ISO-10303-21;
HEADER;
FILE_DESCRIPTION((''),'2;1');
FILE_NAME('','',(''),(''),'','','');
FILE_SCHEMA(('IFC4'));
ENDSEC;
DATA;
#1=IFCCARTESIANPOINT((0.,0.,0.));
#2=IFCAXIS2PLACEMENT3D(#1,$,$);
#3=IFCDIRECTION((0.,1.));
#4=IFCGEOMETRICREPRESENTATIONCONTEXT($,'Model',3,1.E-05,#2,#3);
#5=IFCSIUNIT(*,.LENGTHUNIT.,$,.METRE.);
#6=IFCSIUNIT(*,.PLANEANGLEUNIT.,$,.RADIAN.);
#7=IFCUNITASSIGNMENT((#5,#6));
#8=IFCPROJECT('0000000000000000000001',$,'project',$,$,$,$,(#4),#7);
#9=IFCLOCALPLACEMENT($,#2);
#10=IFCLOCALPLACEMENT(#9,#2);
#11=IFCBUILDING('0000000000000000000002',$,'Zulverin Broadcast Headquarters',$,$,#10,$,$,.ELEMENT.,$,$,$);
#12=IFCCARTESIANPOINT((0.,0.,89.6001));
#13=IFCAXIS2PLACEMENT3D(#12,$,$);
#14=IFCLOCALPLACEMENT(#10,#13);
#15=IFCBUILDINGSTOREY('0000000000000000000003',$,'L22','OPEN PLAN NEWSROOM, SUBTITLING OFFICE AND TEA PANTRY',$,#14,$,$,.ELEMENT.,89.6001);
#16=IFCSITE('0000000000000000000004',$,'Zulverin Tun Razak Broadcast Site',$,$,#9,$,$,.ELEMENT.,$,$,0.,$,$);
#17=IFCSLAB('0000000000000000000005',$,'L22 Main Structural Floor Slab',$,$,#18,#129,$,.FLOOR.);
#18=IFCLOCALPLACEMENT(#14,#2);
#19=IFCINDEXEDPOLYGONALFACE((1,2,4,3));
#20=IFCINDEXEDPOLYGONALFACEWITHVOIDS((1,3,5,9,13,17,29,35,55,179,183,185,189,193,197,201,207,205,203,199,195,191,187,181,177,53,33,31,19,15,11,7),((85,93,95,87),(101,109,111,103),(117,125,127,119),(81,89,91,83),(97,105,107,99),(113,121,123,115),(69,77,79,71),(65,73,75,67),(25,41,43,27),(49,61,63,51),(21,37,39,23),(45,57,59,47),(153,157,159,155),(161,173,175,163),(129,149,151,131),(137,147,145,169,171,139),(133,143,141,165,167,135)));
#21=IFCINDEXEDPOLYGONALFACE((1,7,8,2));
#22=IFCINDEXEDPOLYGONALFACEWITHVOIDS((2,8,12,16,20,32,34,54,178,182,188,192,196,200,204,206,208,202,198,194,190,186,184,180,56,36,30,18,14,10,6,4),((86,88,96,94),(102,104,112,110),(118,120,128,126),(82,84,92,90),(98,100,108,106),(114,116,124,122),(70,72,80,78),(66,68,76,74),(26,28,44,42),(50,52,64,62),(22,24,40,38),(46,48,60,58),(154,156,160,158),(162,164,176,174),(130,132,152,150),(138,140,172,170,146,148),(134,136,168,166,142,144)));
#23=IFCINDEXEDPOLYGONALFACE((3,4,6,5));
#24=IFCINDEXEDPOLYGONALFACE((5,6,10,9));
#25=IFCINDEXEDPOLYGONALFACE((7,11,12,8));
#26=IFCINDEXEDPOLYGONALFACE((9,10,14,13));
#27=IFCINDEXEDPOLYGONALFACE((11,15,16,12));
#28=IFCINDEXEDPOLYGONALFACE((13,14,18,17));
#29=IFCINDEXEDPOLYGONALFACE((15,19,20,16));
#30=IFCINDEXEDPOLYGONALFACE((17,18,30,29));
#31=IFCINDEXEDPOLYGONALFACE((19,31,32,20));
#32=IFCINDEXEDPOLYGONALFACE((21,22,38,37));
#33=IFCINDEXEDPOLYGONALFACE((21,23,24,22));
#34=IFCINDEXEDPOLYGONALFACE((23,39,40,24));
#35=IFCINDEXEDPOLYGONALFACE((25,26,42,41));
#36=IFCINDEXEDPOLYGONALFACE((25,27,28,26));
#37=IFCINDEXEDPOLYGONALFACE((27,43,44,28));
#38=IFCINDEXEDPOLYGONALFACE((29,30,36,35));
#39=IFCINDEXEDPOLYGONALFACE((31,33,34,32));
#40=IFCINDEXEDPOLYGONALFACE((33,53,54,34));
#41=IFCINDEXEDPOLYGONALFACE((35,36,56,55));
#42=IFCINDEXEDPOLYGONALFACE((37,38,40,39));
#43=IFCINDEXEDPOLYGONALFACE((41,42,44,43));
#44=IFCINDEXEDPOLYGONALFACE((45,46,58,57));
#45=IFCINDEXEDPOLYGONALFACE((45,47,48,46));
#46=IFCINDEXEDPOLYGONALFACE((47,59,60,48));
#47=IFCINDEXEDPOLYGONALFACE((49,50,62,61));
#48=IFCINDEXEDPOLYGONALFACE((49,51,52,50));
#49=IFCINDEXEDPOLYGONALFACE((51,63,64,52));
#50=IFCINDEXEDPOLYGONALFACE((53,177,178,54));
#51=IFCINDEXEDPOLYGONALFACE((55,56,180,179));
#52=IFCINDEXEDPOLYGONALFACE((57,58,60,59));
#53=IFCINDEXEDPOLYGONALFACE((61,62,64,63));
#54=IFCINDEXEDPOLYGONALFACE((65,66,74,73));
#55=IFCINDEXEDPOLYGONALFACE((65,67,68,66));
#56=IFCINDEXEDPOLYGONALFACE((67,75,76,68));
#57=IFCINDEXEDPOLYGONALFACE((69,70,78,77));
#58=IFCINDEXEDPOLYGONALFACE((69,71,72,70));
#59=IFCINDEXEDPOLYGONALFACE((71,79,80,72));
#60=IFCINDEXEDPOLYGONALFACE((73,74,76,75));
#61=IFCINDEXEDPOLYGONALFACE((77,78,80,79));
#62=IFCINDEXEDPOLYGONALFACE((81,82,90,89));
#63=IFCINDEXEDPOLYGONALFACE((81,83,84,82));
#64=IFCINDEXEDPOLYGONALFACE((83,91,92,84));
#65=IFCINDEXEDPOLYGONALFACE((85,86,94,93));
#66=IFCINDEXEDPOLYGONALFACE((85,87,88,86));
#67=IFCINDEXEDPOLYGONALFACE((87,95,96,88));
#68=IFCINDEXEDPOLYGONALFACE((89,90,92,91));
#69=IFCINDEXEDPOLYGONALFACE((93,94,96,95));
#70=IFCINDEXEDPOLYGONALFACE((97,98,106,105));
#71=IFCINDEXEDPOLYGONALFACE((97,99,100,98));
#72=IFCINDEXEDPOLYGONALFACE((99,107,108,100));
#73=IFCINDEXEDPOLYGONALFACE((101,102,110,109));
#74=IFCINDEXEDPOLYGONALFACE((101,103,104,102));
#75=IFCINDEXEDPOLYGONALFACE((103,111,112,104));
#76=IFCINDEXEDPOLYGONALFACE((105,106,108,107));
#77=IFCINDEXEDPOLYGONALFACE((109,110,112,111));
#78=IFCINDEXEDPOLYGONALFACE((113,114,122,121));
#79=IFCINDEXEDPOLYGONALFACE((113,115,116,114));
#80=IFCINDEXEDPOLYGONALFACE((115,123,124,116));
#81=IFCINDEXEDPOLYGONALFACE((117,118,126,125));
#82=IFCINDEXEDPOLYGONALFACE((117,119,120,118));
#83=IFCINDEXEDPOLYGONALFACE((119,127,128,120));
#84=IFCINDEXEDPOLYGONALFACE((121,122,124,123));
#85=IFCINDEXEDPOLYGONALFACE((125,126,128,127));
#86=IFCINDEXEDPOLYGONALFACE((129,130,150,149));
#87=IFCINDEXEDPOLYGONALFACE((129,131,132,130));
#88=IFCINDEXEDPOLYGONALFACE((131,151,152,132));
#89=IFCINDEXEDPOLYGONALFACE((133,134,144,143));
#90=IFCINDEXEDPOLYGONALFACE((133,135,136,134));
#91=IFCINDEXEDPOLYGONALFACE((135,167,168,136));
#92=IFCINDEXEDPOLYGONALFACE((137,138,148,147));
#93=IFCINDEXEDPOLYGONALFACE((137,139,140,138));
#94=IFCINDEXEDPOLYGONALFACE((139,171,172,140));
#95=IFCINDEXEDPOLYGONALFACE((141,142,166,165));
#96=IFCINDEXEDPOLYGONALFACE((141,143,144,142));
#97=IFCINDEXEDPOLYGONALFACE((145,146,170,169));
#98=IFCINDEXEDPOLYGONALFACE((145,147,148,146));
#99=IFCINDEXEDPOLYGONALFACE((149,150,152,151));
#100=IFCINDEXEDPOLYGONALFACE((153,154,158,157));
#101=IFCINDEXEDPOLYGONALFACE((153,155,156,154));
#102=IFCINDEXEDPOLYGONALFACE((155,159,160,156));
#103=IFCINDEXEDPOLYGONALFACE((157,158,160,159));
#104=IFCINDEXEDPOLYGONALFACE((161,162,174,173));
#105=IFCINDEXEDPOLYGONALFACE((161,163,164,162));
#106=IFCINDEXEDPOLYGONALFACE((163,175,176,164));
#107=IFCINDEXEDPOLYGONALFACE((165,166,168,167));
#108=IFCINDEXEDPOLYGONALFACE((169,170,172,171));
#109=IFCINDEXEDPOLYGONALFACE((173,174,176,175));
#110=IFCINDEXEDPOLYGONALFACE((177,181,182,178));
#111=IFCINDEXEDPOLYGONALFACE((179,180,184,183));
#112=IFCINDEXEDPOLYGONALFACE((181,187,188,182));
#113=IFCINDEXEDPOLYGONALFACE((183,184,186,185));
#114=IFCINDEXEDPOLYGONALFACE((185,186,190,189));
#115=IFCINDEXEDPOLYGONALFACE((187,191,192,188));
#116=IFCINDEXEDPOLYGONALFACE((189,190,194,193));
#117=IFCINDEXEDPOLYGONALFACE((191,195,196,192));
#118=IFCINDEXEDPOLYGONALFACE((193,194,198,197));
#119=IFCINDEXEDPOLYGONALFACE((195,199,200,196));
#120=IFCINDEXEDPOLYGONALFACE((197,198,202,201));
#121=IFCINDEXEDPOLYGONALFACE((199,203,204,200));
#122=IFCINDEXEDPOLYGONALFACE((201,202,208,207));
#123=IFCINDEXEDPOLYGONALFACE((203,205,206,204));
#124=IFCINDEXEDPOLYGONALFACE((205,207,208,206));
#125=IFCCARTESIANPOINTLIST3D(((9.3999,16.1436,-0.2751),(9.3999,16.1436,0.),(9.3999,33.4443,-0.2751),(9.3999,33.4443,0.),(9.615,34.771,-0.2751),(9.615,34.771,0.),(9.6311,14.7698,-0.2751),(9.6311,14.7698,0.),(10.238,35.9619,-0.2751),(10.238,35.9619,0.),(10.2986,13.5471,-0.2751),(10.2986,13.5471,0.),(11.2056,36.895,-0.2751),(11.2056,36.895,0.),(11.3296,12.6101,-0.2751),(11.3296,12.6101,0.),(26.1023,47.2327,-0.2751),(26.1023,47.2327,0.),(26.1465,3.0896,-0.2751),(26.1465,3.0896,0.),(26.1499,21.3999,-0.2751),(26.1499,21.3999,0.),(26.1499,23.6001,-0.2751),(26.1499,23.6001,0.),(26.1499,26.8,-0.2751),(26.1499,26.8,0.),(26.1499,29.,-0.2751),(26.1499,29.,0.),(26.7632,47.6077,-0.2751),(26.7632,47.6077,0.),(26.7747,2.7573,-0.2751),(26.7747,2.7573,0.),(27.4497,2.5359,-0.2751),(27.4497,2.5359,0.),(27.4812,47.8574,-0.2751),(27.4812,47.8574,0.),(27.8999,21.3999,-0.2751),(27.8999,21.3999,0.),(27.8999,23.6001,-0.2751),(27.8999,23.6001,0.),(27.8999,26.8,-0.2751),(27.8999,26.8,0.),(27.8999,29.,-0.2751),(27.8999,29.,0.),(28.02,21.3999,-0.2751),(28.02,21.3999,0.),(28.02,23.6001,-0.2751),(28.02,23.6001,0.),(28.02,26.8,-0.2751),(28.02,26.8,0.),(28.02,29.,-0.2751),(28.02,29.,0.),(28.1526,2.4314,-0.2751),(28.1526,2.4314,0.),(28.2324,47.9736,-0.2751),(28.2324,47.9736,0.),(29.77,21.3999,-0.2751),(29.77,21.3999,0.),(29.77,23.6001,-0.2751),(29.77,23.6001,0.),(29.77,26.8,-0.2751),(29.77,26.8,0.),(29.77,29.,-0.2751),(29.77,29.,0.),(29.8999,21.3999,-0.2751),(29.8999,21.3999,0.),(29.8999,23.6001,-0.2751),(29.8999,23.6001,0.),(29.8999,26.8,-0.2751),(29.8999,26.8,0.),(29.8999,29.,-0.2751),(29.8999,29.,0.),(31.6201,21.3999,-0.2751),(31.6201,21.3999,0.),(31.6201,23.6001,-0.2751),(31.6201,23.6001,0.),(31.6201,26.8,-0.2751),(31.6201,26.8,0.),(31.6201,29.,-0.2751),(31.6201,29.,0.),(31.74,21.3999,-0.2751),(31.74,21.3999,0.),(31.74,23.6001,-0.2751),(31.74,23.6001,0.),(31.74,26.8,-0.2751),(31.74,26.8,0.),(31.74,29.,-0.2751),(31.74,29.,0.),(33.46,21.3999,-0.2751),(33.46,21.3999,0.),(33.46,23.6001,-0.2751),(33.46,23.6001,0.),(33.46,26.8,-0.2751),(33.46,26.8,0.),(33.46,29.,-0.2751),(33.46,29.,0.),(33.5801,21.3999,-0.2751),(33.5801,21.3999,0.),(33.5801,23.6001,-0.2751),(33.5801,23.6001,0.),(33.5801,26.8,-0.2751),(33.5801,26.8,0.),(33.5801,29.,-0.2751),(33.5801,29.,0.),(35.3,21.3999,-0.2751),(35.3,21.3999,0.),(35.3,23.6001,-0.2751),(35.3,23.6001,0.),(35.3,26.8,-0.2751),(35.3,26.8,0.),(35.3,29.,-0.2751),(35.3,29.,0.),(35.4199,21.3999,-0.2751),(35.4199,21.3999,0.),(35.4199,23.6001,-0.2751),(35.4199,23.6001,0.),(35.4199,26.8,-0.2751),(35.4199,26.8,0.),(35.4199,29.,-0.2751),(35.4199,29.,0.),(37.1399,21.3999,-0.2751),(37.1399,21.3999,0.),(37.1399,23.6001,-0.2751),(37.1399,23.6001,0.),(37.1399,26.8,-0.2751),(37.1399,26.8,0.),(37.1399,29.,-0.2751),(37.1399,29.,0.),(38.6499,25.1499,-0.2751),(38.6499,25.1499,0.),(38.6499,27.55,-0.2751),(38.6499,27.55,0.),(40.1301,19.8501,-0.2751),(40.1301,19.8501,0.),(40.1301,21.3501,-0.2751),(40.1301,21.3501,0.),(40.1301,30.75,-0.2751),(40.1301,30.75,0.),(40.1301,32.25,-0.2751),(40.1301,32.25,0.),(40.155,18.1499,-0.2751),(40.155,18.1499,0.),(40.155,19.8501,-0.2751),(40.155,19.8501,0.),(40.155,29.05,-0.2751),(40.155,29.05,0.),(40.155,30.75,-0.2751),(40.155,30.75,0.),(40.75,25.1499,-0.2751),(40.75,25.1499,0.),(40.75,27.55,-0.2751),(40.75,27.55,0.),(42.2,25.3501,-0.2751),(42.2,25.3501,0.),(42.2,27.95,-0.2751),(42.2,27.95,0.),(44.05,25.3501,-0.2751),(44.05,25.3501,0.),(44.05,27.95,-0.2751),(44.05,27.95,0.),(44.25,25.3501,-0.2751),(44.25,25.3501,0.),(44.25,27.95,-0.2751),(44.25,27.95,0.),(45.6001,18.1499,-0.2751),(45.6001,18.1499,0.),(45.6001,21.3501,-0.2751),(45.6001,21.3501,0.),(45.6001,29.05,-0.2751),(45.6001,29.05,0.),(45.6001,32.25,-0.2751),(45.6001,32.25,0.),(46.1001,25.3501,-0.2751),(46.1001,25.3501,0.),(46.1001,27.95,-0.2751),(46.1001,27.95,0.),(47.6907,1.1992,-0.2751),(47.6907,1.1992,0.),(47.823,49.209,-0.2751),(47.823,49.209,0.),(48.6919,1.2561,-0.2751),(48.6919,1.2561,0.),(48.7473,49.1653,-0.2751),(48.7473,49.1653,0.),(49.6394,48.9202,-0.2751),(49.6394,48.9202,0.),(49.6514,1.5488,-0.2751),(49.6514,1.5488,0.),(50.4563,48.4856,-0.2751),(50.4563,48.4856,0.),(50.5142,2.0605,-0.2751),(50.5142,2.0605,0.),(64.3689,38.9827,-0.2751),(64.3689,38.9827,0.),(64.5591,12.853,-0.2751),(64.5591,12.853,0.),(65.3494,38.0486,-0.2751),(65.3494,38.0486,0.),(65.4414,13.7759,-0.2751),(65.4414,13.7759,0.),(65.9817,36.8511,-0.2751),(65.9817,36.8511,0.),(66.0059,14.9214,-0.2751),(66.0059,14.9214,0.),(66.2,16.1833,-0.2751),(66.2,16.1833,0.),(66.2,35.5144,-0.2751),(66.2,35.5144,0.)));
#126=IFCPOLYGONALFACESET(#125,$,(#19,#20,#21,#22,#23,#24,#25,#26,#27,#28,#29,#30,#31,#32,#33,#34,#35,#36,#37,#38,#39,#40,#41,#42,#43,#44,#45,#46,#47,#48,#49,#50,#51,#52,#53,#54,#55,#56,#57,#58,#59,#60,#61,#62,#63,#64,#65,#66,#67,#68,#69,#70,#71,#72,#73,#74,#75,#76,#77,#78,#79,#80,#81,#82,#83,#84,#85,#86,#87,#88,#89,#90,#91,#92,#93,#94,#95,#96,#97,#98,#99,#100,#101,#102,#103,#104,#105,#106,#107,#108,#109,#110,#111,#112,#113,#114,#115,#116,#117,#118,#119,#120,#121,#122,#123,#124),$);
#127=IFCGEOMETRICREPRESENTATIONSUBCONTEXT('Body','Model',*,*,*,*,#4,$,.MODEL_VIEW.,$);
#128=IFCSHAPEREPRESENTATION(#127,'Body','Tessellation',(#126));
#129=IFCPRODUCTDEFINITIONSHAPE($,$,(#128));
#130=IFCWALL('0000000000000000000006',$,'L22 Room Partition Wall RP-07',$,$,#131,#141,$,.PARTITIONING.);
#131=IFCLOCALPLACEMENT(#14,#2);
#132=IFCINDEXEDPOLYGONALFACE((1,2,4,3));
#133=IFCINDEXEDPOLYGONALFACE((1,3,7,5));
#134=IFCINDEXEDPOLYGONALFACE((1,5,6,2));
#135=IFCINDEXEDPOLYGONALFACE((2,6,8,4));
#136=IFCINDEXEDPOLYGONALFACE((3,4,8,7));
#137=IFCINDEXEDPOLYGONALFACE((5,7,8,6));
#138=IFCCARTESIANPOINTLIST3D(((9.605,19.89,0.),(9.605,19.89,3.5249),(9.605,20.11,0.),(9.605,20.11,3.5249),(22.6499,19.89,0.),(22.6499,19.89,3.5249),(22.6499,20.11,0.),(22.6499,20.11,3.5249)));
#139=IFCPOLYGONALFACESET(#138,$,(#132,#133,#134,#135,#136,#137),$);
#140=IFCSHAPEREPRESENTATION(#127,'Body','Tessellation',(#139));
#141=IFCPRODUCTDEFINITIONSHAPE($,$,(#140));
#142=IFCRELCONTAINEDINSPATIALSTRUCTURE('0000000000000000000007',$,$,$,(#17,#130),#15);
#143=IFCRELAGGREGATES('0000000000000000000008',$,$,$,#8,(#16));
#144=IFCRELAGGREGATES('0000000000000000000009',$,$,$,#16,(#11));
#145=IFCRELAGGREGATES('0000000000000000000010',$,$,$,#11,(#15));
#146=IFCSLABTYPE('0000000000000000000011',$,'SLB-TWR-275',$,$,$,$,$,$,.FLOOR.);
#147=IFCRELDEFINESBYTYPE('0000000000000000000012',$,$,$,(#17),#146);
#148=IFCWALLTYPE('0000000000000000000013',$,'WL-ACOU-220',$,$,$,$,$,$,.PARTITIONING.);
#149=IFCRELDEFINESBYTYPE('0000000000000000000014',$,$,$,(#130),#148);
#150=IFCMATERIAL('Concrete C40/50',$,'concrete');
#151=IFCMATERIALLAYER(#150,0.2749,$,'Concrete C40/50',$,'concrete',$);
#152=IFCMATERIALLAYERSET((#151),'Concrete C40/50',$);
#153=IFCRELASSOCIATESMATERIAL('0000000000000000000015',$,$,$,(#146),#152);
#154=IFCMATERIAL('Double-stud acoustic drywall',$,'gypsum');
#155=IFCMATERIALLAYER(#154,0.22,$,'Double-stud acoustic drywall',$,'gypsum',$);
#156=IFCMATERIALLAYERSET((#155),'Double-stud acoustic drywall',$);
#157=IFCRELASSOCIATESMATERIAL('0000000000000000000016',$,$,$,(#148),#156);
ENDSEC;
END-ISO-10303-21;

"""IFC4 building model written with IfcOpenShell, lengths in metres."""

from ifc_helpers import new_model, si_unit, direction, frame, frame_2d, origin, place, context, subcontext, project, spatial, polyline, rectangle, outline, extrude, material, layer, layer_set, type_object, element, save


model = new_model("IFC4")

# Units and contexts
model_context = context("Model", 3, precision=1e-05, world=origin(), true_north=direction((0.0, 1.0)))
body_context = subcontext(model_context, "Body", "Model", "MODEL_VIEW")
ifc_project = project(units=[si_unit("LENGTHUNIT", "METRE"), si_unit("PLANEANGLEUNIT", "RADIAN")], contexts=[model_context])

# Site, building, storey
site_placement = place(None, origin())
site = spatial("IfcSite", under=ifc_project, at=site_placement, Name="Zulverin Tun Razak Broadcast Site", CompositionType="ELEMENT", RefElevation=0.0)
building_placement = place(site_placement, origin())
building = spatial("IfcBuilding", under=site, at=building_placement, Name="Zulverin Broadcast Headquarters", CompositionType="ELEMENT")
storey_placement = place(building_placement, frame((0.0, 0.0, 89.6001)))
storey = spatial("IfcBuildingStorey", under=building, at=storey_placement, Name="L22", Description="OPEN PLAN NEWSROOM, SUBTITLING OFFICE AND TEA PANTRY", CompositionType="ELEMENT", Elevation=89.6001)

# Shared definitions
ifc_material_1 = material(Name="Concrete C40/50", Category="concrete")

# Slab
ifc_layer_1 = layer(ifc_material_1, 0.2749, Name="Concrete C40/50", Category="concrete")
ifc_layer_set_1 = layer_set([ifc_layer_1], Name="Concrete C40/50")
slab_type_1 = type_object("IfcSlabType", Name="SLB-TWR-275", PredefinedType="FLOOR", material=ifc_layer_set_1)
slab_1_placement = place(storey_placement, frame((0.0, 0.0, -0.2751)))
element("IfcSlab", 1, at=slab_1_placement, inside=storey, type_object=slab_type_1, Name="L22 Main Structural Floor Slab", PredefinedType="FLOOR", context=body_context, shape_type="SweptSolid", body=[
    extrude(outline(polyline([(26.1465, 3.0896), (26.7747, 2.7573), (27.4497, 2.5359), (28.1526, 2.4314), (47.6907, 1.1992), (48.6919, 1.2561), (49.6514, 1.5488), (50.5142, 2.0605), (64.5591, 12.853), (65.4414, 13.7759), (66.0059, 14.9214), (66.2, 16.1833), (66.2, 35.5144), (65.9817, 36.8511), (65.3494, 38.0486), (64.3689, 38.9827), (50.4563, 48.4856), (49.6394, 48.9202), (48.7473, 49.1653), (47.823, 49.209), (28.2324, 47.9736), (27.4812, 47.8574), (26.7632, 47.6077), (26.1023, 47.2327), (11.2056, 36.895), (10.238, 35.9619), (9.615, 34.771), (9.3999, 33.4443), (9.3999, 16.1436), (9.6311, 14.7698), (10.2986, 13.5471), (11.3296, 12.6101), (26.1465, 3.0896)]), holes=[polyline([(40.155, 30.75), (40.1301, 30.75), (40.1301, 32.25), (45.6001, 32.25), (45.6001, 29.05), (40.155, 29.05), (40.155, 30.75)]), polyline([(40.155, 19.8501), (40.1301, 19.8501), (40.1301, 21.3501), (45.6001, 21.3501), (45.6001, 18.1499), (40.155, 18.1499), (40.155, 19.8501)]), polyline([(26.1499, 26.8), (27.8999, 26.8), (27.8999, 29.0), (26.1499, 29.0), (26.1499, 26.8)]), polyline([(28.02, 26.8), (29.77, 26.8), (29.77, 29.0), (28.02, 29.0), (28.02, 26.8)]), polyline([(26.1499, 21.3999), (27.8999, 21.3999), (27.8999, 23.6001), (26.1499, 23.6001), (26.1499, 21.3999)]), polyline([(28.02, 21.3999), (29.77, 21.3999), (29.77, 23.6001), (28.02, 23.6001), (28.02, 21.3999)]), polyline([(29.8999, 21.3999), (31.6201, 21.3999), (31.6201, 23.6001), (29.8999, 23.6001), (29.8999, 21.3999)]), polyline([(31.74, 21.3999), (33.46, 21.3999), (33.46, 23.6001), (31.74, 23.6001), (31.74, 21.3999)]), polyline([(33.5801, 21.3999), (35.3, 21.3999), (35.3, 23.6001), (33.5801, 23.6001), (33.5801, 21.3999)]), polyline([(35.4199, 21.3999), (37.1399, 21.3999), (37.1399, 23.6001), (35.4199, 23.6001), (35.4199, 21.3999)]), polyline([(29.8999, 26.8), (31.6201, 26.8), (31.6201, 29.0), (29.8999, 29.0), (29.8999, 26.8)]), polyline([(31.74, 26.8), (33.46, 26.8), (33.46, 29.0), (31.74, 29.0), (31.74, 26.8)]), polyline([(33.5801, 26.8), (35.3, 26.8), (35.3, 29.0), (33.5801, 29.0), (33.5801, 26.8)]), polyline([(35.4199, 26.8), (37.1399, 26.8), (37.1399, 29.0), (35.4199, 29.0), (35.4199, 26.8)]), polyline([(42.2, 25.3501), (44.05, 25.3501), (44.05, 27.95), (42.2, 27.95), (42.2, 25.3501)]), polyline([(44.25, 25.3501), (46.1001, 25.3501), (46.1001, 27.95), (44.25, 27.95), (44.25, 25.3501)]), polyline([(38.6499, 25.1499), (40.75, 25.1499), (40.75, 27.55), (38.6499, 27.55), (38.6499, 25.1499)])]), origin(), (0.0, 0.0, 1.0), 0.2751),
])

# Wall
ifc_material_2 = material(Name="Double-stud acoustic drywall", Category="gypsum")
ifc_layer_2 = layer(ifc_material_2, 0.22, Name="Double-stud acoustic drywall", Category="gypsum")
ifc_layer_set_2 = layer_set([ifc_layer_2], Name="Double-stud acoustic drywall")
wall_type_1 = type_object("IfcWallType", Name="WL-ACOU-220", PredefinedType="PARTITIONING", material=ifc_layer_set_2)
wall_1_placement = place(storey_placement, frame((9.605, 20.0, 0.0), z_axis=(0.0, 0.0, 1.0), x_axis=(1.0, 0.0, 0.0)))
element("IfcWall", 2, at=wall_1_placement, inside=storey, type_object=wall_type_1, Name="L22 Room Partition Wall RP-07", PredefinedType="PARTITIONING", context=body_context, shape_type="SweptSolid", body=[
    extrude(rectangle(XDim=13.0449, YDim=0.22, at=frame_2d((6.5225, 0.0))), origin(), (0.0, 0.0, 1.0), 3.5249),
])

save(model, "model.ifc")
